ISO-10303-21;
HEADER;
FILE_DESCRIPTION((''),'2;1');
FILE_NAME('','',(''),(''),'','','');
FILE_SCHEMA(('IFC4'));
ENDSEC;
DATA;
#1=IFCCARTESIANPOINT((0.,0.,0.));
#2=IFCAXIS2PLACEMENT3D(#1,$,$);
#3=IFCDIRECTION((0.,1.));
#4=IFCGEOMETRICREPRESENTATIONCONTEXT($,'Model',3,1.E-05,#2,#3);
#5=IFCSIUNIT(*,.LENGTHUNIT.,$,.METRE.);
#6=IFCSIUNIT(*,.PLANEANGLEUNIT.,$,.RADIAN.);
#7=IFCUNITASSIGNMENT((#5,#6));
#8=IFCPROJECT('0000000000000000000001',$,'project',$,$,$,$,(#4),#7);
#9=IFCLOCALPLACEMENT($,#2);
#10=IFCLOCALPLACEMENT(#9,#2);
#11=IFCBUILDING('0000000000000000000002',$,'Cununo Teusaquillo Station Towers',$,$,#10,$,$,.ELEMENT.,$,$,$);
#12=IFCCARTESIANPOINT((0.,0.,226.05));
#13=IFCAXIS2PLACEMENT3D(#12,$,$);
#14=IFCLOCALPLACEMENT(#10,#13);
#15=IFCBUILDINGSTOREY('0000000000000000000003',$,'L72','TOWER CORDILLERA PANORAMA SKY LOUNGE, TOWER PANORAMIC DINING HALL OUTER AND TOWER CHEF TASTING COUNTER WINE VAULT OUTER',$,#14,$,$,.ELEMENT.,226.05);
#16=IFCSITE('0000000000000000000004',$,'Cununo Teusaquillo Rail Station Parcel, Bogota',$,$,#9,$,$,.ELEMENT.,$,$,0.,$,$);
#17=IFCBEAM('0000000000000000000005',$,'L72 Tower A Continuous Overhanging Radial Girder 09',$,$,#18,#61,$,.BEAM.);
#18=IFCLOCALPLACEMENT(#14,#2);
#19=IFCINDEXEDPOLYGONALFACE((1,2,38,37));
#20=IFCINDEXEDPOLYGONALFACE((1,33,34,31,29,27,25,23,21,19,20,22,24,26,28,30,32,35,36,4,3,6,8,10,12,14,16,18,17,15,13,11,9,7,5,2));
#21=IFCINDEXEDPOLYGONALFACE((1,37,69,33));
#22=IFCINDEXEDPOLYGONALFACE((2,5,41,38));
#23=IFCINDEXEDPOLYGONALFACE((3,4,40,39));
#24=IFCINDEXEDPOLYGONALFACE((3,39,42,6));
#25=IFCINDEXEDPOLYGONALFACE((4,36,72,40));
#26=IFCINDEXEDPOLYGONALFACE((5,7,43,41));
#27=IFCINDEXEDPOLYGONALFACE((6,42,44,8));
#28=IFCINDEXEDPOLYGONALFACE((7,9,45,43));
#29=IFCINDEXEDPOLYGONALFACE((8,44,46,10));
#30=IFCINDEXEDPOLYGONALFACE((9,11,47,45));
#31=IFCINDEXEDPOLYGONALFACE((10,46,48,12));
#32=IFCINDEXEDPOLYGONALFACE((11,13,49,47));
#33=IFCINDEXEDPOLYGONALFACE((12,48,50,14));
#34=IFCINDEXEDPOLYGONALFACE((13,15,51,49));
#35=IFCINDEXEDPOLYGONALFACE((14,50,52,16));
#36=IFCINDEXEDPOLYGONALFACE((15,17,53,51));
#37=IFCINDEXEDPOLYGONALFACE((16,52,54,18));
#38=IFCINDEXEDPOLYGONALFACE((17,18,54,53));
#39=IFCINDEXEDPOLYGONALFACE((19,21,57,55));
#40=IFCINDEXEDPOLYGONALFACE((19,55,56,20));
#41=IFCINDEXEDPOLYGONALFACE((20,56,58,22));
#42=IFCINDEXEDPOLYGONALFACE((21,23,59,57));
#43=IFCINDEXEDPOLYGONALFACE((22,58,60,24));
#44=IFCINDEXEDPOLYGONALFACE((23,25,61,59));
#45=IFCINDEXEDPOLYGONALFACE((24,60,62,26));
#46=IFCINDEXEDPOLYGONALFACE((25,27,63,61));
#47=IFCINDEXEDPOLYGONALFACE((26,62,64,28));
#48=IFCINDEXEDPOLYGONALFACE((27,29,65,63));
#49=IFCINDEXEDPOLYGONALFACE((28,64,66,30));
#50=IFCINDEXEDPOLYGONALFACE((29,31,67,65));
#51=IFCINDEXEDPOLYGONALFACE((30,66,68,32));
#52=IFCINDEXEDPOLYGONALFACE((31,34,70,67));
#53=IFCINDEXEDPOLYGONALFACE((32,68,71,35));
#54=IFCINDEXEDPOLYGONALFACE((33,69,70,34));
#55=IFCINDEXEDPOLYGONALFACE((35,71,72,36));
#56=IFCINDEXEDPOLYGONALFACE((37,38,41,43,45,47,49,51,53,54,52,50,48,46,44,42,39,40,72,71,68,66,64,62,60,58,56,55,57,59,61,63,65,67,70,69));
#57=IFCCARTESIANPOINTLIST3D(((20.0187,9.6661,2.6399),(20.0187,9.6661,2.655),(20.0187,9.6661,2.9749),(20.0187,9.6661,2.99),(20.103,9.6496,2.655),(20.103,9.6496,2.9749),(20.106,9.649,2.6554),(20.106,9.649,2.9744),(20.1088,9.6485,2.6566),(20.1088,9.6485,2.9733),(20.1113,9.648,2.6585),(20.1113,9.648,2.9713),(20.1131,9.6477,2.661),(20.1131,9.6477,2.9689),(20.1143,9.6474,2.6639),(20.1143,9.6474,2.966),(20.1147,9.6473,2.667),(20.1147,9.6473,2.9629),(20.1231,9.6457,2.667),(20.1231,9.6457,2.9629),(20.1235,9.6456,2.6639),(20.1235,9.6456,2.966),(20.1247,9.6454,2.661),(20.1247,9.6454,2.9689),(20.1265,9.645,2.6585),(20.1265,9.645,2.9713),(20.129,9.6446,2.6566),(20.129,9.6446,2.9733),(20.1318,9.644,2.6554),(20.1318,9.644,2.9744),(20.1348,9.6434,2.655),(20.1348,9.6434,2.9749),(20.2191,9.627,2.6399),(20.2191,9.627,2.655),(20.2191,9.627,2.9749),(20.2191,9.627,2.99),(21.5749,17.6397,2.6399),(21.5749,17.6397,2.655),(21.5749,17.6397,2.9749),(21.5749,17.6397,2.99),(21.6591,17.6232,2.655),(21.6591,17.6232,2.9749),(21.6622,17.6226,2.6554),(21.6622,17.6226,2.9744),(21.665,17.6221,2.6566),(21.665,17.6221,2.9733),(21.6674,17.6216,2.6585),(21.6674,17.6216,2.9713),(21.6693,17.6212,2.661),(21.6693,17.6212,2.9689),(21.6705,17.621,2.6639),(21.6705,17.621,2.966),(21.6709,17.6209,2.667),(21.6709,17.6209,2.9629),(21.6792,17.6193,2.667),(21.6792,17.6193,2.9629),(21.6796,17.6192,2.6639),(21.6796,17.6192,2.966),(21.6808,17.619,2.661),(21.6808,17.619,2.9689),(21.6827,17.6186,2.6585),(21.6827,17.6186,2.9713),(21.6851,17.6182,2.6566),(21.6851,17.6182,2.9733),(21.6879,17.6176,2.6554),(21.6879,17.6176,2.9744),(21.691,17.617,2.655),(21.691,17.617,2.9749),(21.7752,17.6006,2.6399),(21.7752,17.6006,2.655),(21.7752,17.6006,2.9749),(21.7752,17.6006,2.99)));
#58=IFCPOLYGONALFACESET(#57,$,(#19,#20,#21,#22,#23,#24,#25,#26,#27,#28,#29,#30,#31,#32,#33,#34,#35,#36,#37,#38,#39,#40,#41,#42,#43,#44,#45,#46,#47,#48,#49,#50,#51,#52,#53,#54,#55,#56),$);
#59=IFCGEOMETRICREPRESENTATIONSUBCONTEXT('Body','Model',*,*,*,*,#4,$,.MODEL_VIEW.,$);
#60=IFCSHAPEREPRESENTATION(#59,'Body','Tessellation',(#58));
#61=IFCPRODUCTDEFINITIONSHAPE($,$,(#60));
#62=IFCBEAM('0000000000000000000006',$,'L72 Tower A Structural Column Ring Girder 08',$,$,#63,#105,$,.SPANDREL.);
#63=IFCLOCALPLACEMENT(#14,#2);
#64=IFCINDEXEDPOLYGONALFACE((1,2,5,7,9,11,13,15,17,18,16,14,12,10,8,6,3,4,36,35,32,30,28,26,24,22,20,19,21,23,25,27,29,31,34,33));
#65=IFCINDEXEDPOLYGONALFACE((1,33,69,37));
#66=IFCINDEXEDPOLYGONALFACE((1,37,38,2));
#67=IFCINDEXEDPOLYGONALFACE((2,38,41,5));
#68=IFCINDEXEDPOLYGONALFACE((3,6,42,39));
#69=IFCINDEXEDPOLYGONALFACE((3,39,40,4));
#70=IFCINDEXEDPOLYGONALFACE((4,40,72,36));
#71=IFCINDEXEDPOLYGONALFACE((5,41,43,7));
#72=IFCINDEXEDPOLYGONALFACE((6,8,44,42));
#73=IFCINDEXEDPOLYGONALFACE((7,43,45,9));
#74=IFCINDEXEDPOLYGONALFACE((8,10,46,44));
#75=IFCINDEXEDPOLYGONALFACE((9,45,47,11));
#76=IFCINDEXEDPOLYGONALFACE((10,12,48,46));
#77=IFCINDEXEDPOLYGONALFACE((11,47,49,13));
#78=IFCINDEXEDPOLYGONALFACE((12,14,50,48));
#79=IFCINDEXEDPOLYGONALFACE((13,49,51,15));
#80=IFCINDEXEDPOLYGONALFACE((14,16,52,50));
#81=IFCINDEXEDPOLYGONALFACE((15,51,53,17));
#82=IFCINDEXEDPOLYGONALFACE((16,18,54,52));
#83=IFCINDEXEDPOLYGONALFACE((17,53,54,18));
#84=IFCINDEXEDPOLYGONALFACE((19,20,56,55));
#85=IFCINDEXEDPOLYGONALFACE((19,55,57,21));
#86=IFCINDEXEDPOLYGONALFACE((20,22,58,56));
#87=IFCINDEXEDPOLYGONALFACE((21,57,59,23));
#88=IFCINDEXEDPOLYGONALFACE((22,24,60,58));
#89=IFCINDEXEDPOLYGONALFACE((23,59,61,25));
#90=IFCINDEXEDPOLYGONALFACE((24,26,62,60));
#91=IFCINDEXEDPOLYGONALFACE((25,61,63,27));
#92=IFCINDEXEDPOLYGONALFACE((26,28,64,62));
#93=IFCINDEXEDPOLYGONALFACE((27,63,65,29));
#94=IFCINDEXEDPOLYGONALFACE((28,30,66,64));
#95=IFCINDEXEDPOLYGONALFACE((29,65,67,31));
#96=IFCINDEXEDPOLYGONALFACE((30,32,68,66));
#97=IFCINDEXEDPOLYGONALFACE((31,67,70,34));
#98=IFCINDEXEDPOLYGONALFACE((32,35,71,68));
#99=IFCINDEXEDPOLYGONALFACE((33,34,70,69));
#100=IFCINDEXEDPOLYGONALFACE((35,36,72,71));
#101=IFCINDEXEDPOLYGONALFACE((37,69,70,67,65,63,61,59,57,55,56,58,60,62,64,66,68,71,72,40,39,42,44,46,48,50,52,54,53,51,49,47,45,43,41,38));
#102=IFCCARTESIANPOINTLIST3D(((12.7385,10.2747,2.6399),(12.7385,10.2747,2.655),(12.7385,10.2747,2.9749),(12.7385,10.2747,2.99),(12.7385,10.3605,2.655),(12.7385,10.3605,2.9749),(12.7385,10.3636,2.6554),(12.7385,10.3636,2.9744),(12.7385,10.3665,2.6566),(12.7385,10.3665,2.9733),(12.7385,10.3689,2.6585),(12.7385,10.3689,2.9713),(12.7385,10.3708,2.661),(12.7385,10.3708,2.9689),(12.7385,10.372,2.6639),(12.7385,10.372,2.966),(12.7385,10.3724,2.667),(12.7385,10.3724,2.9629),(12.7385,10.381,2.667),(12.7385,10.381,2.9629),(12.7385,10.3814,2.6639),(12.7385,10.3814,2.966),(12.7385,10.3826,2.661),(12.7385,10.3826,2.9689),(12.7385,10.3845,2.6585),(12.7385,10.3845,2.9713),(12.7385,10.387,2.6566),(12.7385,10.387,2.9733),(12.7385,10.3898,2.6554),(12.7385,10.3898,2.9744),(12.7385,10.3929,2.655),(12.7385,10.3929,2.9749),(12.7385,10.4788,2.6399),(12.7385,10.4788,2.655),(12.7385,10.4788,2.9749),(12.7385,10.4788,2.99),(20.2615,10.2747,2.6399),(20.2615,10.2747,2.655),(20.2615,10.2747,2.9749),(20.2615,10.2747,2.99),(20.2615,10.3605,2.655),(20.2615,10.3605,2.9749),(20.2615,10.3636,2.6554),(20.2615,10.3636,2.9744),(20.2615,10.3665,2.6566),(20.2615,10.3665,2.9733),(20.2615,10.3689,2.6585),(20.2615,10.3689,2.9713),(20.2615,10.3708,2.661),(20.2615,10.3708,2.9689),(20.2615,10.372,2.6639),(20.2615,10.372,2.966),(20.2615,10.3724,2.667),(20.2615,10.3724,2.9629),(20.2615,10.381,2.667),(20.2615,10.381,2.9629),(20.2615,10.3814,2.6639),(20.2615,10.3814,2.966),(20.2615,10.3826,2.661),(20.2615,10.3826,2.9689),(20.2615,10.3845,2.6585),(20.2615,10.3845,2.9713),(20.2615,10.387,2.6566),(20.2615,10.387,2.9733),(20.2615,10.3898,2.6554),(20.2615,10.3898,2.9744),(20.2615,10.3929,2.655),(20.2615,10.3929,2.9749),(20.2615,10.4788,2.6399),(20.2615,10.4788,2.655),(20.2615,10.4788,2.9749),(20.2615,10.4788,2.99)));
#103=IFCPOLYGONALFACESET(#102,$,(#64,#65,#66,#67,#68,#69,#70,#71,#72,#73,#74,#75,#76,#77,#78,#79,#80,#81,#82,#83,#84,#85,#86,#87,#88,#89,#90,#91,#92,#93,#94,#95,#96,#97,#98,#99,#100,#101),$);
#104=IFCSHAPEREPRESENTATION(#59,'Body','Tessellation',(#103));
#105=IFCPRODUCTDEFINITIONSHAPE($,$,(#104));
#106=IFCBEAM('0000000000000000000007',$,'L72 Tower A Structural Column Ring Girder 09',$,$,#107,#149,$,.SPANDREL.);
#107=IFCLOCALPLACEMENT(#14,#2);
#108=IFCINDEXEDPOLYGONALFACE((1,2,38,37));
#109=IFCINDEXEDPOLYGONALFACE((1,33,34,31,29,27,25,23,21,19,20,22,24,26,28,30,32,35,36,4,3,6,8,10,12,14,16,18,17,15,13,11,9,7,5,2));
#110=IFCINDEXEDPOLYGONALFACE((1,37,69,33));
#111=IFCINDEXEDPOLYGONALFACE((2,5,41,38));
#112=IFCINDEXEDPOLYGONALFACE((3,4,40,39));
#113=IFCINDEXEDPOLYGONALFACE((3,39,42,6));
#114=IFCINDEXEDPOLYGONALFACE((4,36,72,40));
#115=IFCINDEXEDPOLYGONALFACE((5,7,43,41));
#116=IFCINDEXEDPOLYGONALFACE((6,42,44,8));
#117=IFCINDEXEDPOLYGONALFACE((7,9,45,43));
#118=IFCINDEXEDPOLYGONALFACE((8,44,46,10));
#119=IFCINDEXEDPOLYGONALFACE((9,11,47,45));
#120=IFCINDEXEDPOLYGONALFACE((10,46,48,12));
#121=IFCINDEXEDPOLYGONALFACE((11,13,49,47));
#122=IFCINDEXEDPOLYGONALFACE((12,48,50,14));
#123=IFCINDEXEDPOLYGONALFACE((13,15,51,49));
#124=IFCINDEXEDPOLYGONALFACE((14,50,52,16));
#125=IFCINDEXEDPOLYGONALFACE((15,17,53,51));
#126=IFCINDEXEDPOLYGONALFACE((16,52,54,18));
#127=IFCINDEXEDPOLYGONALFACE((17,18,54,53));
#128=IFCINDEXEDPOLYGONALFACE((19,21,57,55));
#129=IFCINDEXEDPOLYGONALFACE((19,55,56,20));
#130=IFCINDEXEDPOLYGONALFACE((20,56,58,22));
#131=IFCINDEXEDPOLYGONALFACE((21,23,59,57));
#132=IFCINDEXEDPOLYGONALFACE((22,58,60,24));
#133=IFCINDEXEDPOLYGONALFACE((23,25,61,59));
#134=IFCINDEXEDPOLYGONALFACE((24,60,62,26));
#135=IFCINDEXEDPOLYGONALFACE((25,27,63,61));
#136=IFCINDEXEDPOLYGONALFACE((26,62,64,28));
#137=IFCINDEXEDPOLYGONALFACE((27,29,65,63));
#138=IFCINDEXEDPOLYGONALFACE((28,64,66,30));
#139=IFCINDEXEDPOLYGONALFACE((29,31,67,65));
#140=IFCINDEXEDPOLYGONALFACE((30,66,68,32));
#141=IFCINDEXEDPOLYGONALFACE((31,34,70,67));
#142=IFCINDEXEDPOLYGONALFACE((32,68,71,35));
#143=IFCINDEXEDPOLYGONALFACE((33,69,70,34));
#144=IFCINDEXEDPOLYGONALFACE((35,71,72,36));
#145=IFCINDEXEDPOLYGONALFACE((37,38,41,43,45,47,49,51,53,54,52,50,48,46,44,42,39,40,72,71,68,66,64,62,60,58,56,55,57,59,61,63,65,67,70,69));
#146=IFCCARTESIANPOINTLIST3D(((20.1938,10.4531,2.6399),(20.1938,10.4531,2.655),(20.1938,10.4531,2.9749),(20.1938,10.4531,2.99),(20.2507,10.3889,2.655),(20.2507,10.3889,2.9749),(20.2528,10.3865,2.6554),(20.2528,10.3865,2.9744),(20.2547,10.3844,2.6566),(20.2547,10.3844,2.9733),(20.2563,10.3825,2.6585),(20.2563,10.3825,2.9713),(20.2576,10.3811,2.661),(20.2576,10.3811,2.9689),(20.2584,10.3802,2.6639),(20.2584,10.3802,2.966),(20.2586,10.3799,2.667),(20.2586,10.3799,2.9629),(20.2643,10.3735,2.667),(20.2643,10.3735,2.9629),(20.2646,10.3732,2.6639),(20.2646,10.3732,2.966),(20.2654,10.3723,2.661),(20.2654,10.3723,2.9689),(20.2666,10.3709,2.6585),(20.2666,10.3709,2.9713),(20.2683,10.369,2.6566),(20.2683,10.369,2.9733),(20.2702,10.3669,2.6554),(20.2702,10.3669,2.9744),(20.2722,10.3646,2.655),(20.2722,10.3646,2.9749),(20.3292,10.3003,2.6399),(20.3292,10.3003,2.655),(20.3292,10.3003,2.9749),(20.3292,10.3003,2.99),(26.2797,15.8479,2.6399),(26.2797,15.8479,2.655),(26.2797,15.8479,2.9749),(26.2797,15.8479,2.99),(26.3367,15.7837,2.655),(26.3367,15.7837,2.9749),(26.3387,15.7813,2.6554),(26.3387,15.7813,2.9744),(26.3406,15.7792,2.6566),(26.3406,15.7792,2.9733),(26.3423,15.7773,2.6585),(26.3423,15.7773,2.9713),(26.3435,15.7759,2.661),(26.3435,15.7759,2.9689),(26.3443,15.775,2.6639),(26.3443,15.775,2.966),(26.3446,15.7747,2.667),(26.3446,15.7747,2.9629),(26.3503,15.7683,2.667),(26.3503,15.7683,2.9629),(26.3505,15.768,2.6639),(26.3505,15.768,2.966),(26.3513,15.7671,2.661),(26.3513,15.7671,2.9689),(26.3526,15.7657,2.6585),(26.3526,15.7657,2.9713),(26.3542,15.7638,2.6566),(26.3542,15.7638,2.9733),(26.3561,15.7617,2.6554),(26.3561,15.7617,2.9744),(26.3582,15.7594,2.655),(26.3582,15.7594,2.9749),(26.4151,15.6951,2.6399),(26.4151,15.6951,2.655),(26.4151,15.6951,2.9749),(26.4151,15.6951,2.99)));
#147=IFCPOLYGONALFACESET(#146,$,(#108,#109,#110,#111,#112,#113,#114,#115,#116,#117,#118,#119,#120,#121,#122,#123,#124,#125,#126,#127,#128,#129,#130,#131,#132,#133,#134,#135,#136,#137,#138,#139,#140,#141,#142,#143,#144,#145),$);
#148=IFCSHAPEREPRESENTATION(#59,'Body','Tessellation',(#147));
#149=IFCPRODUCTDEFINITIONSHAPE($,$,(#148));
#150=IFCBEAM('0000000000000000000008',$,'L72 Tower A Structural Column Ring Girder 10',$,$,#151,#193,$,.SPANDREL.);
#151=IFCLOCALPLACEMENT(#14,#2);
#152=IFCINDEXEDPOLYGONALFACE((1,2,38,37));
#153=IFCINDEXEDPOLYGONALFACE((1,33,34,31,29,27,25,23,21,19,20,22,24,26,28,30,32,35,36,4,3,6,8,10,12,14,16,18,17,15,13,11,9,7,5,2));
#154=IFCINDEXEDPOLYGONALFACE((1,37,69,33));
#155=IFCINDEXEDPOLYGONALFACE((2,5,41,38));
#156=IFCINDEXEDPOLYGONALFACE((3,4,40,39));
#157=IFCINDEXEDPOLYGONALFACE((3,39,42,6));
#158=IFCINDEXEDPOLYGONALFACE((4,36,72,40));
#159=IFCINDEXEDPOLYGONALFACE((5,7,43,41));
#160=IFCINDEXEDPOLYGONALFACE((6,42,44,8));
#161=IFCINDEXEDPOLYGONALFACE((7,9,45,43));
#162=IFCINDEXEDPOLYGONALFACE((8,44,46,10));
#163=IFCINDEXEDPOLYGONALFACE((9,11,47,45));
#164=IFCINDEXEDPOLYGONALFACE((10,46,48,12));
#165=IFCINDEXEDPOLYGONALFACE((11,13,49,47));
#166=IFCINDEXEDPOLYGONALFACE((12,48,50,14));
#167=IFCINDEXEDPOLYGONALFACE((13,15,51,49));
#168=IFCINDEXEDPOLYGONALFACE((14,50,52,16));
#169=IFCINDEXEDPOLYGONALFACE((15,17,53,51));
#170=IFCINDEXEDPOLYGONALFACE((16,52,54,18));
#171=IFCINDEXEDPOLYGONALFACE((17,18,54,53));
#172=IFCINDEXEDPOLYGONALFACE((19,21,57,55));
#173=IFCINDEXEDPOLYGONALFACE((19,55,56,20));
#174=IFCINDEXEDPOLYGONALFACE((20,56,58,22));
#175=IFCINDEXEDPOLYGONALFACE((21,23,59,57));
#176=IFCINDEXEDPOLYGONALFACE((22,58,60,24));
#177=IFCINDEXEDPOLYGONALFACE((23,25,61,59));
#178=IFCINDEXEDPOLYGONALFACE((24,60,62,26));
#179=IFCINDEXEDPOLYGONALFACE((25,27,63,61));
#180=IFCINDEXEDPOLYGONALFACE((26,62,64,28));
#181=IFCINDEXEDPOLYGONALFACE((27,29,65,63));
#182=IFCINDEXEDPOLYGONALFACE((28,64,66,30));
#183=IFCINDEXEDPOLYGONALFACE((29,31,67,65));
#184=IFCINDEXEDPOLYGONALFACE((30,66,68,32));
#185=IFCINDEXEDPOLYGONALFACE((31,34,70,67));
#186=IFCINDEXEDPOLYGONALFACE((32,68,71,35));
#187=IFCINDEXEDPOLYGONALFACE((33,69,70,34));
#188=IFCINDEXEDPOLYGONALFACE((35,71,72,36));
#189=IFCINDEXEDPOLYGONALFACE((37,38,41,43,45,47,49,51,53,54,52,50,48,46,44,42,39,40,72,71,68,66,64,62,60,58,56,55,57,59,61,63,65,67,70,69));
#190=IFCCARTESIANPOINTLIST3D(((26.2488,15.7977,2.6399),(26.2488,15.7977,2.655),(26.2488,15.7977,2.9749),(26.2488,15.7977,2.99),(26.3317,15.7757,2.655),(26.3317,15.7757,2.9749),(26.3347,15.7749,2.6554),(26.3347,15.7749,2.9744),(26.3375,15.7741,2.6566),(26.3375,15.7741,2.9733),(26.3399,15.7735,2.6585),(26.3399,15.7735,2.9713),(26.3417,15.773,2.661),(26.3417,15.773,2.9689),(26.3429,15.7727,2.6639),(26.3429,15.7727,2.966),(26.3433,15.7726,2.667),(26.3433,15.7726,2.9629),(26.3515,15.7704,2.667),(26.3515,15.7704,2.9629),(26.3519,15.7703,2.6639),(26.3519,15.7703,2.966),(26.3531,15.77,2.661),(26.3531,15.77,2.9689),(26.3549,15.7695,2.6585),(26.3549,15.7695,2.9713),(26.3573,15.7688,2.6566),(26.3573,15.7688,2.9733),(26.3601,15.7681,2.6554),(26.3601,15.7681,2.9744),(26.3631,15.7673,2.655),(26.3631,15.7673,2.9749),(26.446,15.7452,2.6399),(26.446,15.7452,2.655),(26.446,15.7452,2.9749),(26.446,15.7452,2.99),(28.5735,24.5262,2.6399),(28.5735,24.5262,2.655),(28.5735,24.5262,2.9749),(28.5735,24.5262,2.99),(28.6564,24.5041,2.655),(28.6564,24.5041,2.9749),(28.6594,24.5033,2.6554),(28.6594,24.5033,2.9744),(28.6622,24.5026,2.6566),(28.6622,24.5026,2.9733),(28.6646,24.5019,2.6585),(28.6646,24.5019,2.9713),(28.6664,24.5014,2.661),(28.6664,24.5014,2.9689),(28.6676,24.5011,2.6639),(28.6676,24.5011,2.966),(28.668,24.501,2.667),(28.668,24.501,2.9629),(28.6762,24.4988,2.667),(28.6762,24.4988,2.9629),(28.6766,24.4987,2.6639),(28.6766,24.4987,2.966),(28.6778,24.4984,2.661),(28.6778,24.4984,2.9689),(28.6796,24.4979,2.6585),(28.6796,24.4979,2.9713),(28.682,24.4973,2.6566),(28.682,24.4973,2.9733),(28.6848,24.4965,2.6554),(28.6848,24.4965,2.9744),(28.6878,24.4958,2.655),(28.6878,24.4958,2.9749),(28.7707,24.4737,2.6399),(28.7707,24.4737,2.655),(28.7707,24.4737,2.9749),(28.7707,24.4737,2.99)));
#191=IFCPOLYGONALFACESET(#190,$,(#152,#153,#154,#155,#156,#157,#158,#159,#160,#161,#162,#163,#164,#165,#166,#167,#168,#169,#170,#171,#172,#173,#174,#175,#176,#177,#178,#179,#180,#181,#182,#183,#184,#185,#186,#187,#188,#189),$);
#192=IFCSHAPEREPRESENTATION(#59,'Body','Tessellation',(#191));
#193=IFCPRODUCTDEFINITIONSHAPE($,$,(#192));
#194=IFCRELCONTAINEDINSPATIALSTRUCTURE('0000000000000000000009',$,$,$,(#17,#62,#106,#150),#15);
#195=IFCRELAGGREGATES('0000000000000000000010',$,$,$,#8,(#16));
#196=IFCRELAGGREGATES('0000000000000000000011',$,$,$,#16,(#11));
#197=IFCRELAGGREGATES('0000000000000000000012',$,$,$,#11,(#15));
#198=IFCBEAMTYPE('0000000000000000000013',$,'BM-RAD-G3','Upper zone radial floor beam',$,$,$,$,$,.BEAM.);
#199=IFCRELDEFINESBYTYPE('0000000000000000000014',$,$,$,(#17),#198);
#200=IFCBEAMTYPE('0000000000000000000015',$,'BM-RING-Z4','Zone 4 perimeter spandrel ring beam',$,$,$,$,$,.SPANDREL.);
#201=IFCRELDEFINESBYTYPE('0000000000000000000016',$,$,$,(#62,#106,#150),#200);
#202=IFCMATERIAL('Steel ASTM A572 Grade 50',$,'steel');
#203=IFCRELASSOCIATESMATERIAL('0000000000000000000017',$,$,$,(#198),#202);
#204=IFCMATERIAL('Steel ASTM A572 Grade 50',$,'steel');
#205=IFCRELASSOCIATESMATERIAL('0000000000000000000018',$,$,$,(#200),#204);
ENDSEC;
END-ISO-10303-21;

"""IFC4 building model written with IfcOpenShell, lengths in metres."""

from ifc_helpers import new_model, si_unit, direction, frame, origin, origin_2d, place, context, subcontext, project, spatial, i_section, extrude, material, material_profile, profile_set, type_object, element, save


model = new_model("IFC4")

# Units and contexts
model_context = context("Model", 3, precision=1e-05, world=origin(), true_north=direction((0.0, 1.0)))
body_context = subcontext(model_context, "Body", "Model", "MODEL_VIEW")
ifc_project = project(units=[si_unit("LENGTHUNIT", "METRE"), si_unit("PLANEANGLEUNIT", "RADIAN")], contexts=[model_context])

# Site, building, storey
site_placement = place(None, origin())
site = spatial("IfcSite", under=ifc_project, at=site_placement, Name="Cununo Teusaquillo Rail Station Parcel, Bogota", CompositionType="ELEMENT", RefElevation=0.0)
building_placement = place(site_placement, origin())
building = spatial("IfcBuilding", under=site, at=building_placement, Name="Cununo Teusaquillo Station Towers", CompositionType="ELEMENT")
storey_placement = place(building_placement, frame((0.0, 0.0, 226.05)))
storey = spatial("IfcBuildingStorey", under=building, at=storey_placement, Name="L72", Description="TOWER CORDILLERA PANORAMA SKY LOUNGE, TOWER PANORAMIC DINING HALL OUTER AND TOWER CHEF TASTING COUNTER WINE VAULT OUTER", CompositionType="ELEMENT", Elevation=226.05)

# Beams
ifc_material_1 = material(Name="Steel ASTM A572 Grade 50", Category="steel")
ifc_material_profile_1 = material_profile(ifc_material_1, i_section(OverallWidth=0.2041, OverallDepth=0.3501, WebThickness=0.0085, FlangeThickness=0.0151, FilletRadius=0.012, at=origin_2d()), Name="W14X48")
ifc_profile_set_1 = profile_set([ifc_material_profile_1], Name="Steel ASTM A572 Grade 50")
beam_type_1 = type_object("IfcBeamType", Name="BM-RAD-G3", Description="Upper zone radial floor beam", PredefinedType="BEAM", material=ifc_profile_set_1)
beam_1_placement = place(storey_placement, frame((21.675, 17.6201, 2.8149), z_axis=(-0.191548, -0.981483, 0.0), x_axis=(0.981483, -0.191548, 0.0)))
element("IfcBeam", 1, at=beam_1_placement, inside=storey, type_object=beam_type_1, Name="L72 Tower A Continuous Overhanging Radial Girder 09", PredefinedType="BEAM", context=body_context, shape_type="SweptSolid", body=[
    extrude(i_section(OverallWidth=0.2041, OverallDepth=0.3501, WebThickness=0.0085, FlangeThickness=0.0151, FilletRadius=0.012, at=origin_2d()), origin(), (0.0, 0.0, 1.0), 8.124),
])
ifc_material_2 = material(Name="Steel ASTM A572 Grade 50", Category="steel")
ifc_material_profile_2 = material_profile(ifc_material_2, i_section(OverallWidth=0.2041, OverallDepth=0.3501, WebThickness=0.0085, FlangeThickness=0.0151, FilletRadius=0.012, at=origin_2d()), Name="W14X48")
ifc_profile_set_2 = profile_set([ifc_material_profile_2], Name="Steel ASTM A572 Grade 50")
beam_type_2 = type_object("IfcBeamType", Name="BM-RING-Z4", Description="Zone 4 perimeter spandrel ring beam", PredefinedType="SPANDREL", material=ifc_profile_set_2)
beam_2_placement = place(storey_placement, frame((12.7385, 10.3767, 2.8149), z_axis=(1.0, 0.0, 0.0), x_axis=(0.0, 1.0, 0.0)))
element("IfcBeam", 2, at=beam_2_placement, inside=storey, type_object=beam_type_2, Name="L72 Tower A Structural Column Ring Girder 08", PredefinedType="SPANDREL", context=body_context, shape_type="SweptSolid", body=[
    extrude(i_section(OverallWidth=0.2041, OverallDepth=0.3501, WebThickness=0.0085, FlangeThickness=0.0151, FilletRadius=0.012, at=origin_2d()), origin(), (0.0, 0.0, 1.0), 7.5229),
])
beam_3_placement = place(storey_placement, frame((20.2615, 10.3767, 2.8149), z_axis=(0.748321, 0.663337, 0.0), x_axis=(-0.663337, 0.748321, 0.0)))
element("IfcBeam", 3, at=beam_3_placement, inside=storey, type_object=beam_type_2, Name="L72 Tower A Structural Column Ring Girder 09", PredefinedType="SPANDREL", context=body_context, shape_type="SweptSolid", body=[
    extrude(i_section(OverallWidth=0.2041, OverallDepth=0.3501, WebThickness=0.0085, FlangeThickness=0.0151, FilletRadius=0.012, at=origin_2d()), origin(), (0.0, 0.0, 1.0), 8.1328),
])
beam_4_placement = place(storey_placement, frame((26.3474, 15.7715, 2.8149), z_axis=(0.257363, 0.966315, 0.0), x_axis=(-0.966315, 0.257363, 0.0)))
element("IfcBeam", 4, at=beam_4_placement, inside=storey, type_object=beam_type_2, Name="L72 Tower A Structural Column Ring Girder 10", PredefinedType="SPANDREL", context=body_context, shape_type="SweptSolid", body=[
    extrude(i_section(OverallWidth=0.2041, OverallDepth=0.3501, WebThickness=0.0085, FlangeThickness=0.0151, FilletRadius=0.012, at=origin_2d()), origin(), (0.0, 0.0, 1.0), 9.0327),
])

save(model, "model.ifc")
